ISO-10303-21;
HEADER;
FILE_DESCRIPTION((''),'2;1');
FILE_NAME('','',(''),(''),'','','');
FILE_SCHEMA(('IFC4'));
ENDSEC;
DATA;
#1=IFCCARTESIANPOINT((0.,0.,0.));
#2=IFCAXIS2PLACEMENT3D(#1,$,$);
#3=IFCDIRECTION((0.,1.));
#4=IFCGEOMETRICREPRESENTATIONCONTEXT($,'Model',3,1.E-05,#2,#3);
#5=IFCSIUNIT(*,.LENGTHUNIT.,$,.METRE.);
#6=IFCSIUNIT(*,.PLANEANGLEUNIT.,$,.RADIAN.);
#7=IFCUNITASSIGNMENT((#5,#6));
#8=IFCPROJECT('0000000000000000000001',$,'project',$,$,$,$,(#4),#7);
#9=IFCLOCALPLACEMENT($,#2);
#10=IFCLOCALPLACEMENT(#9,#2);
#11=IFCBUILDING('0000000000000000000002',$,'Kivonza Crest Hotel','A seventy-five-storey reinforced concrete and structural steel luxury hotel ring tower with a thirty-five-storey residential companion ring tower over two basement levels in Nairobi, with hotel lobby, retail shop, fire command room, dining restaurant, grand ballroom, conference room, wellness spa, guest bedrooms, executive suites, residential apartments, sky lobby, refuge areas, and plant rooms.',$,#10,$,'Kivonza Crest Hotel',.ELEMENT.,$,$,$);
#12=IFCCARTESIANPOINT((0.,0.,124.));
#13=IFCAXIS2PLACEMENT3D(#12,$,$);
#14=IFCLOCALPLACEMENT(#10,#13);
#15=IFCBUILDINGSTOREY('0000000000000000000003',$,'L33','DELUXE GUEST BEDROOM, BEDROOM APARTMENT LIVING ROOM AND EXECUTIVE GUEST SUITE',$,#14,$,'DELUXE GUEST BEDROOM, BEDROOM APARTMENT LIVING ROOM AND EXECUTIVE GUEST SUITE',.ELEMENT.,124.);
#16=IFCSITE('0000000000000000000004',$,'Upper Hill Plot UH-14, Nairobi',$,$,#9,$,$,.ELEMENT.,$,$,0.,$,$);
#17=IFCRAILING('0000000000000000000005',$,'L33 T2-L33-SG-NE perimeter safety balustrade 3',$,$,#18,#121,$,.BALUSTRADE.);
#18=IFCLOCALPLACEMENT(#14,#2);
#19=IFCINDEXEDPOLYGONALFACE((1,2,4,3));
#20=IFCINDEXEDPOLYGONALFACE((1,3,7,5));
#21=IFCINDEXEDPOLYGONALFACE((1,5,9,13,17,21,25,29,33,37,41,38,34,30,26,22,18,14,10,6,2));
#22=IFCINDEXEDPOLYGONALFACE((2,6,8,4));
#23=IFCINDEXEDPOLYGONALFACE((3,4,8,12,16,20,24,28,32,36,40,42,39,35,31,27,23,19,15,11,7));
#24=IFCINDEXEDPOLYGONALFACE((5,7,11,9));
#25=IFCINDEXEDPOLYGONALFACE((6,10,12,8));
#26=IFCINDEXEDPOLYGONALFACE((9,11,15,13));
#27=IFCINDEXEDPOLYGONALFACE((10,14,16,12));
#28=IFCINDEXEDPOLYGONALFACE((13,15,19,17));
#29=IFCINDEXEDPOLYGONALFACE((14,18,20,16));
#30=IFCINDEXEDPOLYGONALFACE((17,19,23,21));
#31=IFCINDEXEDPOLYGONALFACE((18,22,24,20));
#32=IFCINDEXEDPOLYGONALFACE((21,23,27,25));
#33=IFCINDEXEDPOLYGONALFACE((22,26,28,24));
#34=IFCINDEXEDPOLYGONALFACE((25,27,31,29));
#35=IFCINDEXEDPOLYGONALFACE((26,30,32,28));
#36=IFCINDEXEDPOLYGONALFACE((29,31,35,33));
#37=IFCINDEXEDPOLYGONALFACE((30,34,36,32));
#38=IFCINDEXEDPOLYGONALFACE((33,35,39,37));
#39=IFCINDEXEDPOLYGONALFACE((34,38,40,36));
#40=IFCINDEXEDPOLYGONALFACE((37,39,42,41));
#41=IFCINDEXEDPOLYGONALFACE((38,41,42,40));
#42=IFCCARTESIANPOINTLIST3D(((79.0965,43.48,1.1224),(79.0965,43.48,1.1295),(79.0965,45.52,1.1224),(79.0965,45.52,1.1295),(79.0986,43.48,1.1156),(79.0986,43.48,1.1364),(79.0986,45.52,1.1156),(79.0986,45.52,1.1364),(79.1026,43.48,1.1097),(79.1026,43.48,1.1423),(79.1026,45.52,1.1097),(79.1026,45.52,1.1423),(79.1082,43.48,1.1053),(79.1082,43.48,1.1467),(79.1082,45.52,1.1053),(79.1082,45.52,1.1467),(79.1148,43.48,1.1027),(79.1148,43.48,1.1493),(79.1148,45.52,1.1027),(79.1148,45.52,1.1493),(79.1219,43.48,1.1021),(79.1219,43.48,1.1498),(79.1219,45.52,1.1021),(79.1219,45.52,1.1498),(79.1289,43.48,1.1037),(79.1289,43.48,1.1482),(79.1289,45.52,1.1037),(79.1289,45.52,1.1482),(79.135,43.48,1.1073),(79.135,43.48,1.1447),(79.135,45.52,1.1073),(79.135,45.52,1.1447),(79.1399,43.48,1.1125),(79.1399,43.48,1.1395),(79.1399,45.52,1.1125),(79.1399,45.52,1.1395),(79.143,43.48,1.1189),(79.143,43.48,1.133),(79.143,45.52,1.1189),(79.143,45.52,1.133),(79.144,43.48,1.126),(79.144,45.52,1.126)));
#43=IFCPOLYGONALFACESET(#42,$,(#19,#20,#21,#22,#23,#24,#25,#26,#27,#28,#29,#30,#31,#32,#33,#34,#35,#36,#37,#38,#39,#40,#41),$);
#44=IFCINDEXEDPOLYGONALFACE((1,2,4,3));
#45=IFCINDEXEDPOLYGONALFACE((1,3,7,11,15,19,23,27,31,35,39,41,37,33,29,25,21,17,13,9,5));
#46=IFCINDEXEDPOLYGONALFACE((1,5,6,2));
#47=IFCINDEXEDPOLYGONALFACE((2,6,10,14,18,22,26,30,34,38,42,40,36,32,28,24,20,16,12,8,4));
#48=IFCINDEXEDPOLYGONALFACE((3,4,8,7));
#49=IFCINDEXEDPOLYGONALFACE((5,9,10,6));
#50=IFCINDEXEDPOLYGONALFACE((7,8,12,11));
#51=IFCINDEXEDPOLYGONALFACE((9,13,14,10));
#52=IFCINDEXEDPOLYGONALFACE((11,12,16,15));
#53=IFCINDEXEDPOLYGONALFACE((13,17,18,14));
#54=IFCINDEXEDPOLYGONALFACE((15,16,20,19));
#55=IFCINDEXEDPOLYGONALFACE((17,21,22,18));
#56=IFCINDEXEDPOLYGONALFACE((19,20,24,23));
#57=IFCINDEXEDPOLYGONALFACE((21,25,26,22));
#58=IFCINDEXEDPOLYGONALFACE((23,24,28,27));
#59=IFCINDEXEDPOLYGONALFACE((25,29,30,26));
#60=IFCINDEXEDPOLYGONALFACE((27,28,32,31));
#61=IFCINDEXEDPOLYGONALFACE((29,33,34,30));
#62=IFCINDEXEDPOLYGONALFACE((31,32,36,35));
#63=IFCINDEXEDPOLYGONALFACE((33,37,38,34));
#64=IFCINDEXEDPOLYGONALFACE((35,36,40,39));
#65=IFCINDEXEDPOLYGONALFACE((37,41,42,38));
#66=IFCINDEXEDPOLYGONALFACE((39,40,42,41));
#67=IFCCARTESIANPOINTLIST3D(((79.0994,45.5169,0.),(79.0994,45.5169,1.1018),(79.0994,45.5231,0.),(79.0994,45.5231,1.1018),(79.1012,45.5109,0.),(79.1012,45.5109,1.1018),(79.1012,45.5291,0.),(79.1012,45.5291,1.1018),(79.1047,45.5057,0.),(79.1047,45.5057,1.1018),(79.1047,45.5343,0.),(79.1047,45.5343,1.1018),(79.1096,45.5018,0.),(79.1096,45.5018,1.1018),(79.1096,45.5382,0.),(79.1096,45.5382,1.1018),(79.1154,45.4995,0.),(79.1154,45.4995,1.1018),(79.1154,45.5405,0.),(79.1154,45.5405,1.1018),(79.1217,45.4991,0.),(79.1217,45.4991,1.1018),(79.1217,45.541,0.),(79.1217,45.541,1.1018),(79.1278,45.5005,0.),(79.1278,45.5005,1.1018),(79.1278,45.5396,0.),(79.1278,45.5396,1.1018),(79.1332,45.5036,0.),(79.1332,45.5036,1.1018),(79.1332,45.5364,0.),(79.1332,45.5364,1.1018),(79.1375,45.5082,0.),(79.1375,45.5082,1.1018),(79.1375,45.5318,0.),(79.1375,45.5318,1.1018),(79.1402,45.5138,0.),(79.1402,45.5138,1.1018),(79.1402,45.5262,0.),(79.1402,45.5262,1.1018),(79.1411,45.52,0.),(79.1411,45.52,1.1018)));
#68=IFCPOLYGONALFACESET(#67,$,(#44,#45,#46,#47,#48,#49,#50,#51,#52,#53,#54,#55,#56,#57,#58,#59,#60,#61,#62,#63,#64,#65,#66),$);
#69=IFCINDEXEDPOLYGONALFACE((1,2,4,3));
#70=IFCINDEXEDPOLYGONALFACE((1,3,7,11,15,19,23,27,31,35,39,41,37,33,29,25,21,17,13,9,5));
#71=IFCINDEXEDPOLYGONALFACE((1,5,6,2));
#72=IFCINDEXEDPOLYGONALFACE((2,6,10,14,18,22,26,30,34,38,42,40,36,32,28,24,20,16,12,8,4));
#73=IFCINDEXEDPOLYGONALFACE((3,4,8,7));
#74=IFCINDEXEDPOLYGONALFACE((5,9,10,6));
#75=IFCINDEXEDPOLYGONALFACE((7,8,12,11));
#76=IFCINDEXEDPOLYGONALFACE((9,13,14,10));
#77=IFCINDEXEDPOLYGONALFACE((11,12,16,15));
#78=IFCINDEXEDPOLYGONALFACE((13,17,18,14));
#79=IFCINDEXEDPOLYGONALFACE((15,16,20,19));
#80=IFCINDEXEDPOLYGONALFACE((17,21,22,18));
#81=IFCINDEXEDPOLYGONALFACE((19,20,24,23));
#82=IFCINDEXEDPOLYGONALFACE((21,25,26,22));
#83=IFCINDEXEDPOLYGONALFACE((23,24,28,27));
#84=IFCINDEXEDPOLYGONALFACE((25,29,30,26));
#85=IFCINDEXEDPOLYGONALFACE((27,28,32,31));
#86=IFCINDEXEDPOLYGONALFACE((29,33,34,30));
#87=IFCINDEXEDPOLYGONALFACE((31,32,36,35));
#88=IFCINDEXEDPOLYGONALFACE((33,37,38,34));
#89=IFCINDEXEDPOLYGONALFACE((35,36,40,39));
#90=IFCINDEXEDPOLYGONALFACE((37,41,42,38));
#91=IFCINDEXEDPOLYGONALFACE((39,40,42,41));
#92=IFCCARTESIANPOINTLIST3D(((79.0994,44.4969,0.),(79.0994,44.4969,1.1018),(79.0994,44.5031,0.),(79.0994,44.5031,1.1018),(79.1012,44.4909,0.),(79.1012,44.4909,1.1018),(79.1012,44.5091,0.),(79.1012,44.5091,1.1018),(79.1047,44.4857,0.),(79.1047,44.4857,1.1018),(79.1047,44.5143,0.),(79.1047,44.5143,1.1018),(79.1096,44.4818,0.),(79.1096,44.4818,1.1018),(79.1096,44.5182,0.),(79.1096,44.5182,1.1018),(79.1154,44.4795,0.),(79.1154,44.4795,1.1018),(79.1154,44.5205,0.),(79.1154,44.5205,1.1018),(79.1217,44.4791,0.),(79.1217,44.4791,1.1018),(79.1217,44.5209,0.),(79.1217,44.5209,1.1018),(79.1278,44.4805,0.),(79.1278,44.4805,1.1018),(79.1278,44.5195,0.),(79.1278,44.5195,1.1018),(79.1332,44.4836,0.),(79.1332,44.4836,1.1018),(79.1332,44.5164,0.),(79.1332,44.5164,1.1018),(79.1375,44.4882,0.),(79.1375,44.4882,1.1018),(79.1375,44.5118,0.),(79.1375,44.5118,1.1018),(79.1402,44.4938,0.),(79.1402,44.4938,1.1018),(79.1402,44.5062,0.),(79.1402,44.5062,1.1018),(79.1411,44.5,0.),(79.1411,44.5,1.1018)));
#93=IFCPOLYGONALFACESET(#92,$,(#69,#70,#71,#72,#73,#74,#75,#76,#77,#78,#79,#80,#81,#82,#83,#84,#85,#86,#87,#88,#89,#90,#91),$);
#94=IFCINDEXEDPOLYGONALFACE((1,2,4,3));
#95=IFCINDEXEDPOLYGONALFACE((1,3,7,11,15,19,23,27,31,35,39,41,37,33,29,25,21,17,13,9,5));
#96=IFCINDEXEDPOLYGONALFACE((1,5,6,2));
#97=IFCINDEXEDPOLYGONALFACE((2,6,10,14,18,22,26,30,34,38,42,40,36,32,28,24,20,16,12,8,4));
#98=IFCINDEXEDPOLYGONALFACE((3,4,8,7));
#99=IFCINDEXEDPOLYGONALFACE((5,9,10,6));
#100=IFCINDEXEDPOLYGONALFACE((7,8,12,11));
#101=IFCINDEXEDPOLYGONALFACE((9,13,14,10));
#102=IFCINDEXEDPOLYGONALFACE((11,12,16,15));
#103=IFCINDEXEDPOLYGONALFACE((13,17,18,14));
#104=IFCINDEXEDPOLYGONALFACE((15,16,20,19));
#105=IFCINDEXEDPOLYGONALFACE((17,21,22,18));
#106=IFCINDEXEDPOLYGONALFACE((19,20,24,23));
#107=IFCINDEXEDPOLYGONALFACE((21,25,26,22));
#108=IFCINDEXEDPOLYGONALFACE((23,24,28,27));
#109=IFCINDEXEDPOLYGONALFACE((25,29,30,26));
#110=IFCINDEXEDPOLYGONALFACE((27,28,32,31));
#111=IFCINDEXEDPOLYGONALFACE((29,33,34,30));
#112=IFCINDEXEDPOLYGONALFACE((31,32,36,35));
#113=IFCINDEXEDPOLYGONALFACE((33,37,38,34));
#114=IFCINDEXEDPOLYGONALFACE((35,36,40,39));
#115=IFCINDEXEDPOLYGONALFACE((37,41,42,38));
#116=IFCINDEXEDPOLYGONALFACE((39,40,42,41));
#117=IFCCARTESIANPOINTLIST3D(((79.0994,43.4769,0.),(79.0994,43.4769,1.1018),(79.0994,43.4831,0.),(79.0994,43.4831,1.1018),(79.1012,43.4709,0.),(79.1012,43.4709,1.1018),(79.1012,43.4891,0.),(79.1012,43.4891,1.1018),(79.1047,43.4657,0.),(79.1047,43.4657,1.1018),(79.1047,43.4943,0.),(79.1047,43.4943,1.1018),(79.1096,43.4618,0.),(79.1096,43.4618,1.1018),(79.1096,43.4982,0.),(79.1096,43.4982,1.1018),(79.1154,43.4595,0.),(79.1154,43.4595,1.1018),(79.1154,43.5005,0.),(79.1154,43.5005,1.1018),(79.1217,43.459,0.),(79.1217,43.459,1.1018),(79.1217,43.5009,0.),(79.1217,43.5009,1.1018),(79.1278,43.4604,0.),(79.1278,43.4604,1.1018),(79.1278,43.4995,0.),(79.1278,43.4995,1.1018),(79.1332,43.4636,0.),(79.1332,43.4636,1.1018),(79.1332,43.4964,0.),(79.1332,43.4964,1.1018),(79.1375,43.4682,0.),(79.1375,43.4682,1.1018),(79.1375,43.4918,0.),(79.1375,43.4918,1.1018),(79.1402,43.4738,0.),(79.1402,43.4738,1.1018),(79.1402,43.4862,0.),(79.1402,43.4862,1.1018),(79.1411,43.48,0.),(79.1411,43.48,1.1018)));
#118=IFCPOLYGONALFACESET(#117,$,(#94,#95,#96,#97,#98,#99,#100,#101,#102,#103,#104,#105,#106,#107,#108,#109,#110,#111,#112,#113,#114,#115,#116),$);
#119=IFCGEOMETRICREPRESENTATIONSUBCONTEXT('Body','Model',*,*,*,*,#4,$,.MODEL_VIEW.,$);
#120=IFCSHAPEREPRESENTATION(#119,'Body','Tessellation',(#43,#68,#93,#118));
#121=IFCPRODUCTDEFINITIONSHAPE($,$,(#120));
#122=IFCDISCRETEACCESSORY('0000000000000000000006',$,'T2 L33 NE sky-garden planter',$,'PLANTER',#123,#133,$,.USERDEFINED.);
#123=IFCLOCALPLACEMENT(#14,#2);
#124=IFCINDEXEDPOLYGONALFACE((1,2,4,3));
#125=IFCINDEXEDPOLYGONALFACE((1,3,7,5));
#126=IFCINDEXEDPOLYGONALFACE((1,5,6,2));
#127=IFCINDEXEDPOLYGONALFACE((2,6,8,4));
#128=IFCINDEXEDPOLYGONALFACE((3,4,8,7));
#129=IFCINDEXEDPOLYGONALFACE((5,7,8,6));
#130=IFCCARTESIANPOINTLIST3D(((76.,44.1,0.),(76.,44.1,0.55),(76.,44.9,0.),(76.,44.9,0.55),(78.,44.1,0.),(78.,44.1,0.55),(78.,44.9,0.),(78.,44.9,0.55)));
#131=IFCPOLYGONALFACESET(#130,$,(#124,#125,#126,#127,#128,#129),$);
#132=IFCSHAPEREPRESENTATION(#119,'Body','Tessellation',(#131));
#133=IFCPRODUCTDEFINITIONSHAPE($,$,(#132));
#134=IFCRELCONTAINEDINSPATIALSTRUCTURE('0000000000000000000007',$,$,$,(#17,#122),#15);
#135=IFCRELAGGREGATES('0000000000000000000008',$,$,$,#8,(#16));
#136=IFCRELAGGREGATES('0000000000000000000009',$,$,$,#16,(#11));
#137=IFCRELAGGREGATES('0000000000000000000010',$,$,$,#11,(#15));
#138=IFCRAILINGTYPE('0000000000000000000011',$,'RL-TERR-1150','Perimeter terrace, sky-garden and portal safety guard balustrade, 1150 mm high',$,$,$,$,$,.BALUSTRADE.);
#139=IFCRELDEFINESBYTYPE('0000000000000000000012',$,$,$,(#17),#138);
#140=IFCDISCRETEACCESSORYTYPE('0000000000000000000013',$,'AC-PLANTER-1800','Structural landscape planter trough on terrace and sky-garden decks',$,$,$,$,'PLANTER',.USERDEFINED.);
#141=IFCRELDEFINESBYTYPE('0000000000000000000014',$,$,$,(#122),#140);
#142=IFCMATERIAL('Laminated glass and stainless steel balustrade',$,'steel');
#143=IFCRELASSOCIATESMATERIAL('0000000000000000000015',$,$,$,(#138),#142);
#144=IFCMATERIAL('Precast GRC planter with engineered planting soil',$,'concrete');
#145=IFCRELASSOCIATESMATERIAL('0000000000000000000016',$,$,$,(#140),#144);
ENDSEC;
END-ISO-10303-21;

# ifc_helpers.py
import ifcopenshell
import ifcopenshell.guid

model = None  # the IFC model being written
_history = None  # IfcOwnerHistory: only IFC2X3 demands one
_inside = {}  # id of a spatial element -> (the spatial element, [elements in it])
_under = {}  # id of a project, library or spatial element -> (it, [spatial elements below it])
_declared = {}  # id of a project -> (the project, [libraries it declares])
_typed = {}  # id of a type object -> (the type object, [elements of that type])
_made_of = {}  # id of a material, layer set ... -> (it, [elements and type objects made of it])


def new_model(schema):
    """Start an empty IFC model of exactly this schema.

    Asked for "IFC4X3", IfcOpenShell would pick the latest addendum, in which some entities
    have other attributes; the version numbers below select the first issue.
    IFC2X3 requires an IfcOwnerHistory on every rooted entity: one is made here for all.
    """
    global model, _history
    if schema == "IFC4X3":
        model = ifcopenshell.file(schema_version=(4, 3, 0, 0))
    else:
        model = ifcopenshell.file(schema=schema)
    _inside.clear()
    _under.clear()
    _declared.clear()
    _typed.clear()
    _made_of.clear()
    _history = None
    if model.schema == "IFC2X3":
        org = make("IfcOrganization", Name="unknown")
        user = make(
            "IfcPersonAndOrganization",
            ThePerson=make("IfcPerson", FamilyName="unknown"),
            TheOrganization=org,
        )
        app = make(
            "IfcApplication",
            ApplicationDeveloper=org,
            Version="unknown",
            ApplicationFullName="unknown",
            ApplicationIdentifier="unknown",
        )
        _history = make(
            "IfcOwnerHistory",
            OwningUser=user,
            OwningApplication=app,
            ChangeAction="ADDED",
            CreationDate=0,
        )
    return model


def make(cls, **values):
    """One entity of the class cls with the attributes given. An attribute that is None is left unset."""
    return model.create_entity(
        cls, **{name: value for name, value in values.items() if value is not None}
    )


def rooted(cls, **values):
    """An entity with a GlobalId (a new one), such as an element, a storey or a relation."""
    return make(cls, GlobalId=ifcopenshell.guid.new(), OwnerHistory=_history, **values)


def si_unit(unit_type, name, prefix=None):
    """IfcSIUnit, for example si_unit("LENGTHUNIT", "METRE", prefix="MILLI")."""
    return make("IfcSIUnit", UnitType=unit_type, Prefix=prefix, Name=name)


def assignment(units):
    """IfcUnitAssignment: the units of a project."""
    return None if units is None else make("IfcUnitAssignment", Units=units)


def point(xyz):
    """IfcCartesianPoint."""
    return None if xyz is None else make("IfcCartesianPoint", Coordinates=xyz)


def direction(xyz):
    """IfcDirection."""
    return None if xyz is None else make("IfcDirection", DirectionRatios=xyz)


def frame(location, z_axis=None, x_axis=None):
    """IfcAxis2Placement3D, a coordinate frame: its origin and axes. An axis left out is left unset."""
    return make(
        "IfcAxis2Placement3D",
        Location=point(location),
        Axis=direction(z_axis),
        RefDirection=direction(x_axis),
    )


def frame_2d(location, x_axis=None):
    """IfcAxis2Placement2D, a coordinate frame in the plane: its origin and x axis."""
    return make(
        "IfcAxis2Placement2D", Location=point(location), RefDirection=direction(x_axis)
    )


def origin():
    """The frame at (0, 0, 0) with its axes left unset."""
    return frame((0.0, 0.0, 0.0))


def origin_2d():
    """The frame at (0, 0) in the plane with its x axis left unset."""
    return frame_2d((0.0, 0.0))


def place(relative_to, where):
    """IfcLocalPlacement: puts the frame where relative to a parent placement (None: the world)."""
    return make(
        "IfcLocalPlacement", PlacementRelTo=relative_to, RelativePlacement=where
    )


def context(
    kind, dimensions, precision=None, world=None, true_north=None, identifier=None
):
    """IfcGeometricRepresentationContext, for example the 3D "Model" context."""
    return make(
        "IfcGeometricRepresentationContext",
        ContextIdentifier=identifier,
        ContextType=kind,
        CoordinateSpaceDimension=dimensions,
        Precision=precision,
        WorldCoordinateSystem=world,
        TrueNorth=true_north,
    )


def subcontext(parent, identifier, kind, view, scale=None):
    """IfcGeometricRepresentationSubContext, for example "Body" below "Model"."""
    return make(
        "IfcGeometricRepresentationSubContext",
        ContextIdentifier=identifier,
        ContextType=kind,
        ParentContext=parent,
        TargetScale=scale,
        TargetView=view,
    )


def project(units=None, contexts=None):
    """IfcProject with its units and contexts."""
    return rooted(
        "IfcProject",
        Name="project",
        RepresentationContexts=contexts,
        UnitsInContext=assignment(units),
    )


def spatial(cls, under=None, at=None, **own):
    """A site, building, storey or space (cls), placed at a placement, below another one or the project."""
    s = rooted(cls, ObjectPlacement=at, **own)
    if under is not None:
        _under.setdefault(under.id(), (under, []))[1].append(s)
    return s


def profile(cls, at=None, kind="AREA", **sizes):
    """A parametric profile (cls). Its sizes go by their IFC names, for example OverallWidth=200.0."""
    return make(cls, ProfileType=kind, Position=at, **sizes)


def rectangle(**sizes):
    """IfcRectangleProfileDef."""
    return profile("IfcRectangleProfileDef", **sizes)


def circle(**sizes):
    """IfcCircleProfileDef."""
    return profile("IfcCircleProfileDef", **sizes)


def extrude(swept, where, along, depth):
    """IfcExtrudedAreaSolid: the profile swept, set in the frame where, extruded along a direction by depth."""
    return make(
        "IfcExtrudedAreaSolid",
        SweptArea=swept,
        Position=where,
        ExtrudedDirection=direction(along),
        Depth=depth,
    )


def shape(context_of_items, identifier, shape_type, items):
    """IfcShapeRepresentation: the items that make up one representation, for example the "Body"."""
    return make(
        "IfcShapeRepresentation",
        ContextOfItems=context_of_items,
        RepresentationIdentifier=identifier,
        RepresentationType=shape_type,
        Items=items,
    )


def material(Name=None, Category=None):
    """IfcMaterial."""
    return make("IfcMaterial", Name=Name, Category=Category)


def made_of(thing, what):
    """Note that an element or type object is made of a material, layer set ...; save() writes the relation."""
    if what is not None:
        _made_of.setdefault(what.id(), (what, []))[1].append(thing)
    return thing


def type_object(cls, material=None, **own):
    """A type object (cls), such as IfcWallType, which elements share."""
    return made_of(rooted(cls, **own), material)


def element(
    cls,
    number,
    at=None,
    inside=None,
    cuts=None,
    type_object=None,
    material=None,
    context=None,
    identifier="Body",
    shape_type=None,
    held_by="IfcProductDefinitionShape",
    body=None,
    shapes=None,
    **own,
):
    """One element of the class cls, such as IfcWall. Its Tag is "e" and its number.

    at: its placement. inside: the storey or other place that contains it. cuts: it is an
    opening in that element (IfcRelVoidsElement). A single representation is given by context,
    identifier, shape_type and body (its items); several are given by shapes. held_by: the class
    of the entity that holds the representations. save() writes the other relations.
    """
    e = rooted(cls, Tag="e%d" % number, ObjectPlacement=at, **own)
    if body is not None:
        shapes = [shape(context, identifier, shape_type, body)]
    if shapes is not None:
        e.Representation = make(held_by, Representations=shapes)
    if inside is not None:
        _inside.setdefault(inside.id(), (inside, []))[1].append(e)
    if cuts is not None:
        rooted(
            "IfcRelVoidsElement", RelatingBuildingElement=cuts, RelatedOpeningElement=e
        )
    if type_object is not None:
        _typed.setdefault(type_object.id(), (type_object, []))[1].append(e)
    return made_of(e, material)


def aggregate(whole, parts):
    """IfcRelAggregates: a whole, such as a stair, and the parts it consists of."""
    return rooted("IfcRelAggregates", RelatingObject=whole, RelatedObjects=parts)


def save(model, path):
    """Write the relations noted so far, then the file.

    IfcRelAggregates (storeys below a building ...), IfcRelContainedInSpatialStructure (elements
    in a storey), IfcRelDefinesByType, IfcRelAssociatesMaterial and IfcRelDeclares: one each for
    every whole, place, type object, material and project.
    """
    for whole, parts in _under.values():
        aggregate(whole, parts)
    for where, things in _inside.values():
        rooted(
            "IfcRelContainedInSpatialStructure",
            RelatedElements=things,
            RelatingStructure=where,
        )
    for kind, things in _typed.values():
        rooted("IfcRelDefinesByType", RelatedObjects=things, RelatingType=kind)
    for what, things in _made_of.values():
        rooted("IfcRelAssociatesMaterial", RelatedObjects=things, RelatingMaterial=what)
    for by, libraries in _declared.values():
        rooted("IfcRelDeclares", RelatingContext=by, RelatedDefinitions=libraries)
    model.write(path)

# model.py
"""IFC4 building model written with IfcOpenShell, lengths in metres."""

from ifc_helpers import new_model, si_unit, direction, frame, origin, origin_2d, place, context, subcontext, project, spatial, rectangle, circle, extrude, material, type_object, element, save


model = new_model("IFC4")

# Units and contexts
model_context = context("Model", 3, precision=1e-05, world=origin(), true_north=direction((0.0, 1.0)))
body_context = subcontext(model_context, "Body", "Model", "MODEL_VIEW")
ifc_project = project(units=[si_unit("LENGTHUNIT", "METRE"), si_unit("PLANEANGLEUNIT", "RADIAN")], contexts=[model_context])

# Site, building, storey
site_placement = place(None, origin())
site = spatial("IfcSite", under=ifc_project, at=site_placement, Name="Upper Hill Plot UH-14, Nairobi", CompositionType="ELEMENT", RefElevation=0.0)
building_placement = place(site_placement, origin())
building = spatial("IfcBuilding", under=site, at=building_placement, Name="Kivonza Crest Hotel", Description="A seventy-five-storey reinforced concrete and structural steel luxury hotel ring tower with a thirty-five-storey residential companion ring tower over two basement levels in Nairobi, with hotel lobby, retail shop, fire command room, dining restaurant, grand ballroom, conference room, wellness spa, guest bedrooms, executive suites, residential apartments, sky lobby, refuge areas, and plant rooms.", LongName="Kivonza Crest Hotel", CompositionType="ELEMENT")
storey_placement = place(building_placement, frame((0.0, 0.0, 124.0)))
storey = spatial("IfcBuildingStorey", under=building, at=storey_placement, Name="L33", Description="DELUXE GUEST BEDROOM, BEDROOM APARTMENT LIVING ROOM AND EXECUTIVE GUEST SUITE", LongName="DELUXE GUEST BEDROOM, BEDROOM APARTMENT LIVING ROOM AND EXECUTIVE GUEST SUITE", CompositionType="ELEMENT", Elevation=124.0)

# Railing
ifc_material_1 = material(Name="Laminated glass and stainless steel balustrade", Category="steel")
railing_type_1 = type_object("IfcRailingType", Name="RL-TERR-1150", Description="Perimeter terrace, sky-garden and portal safety guard balustrade, 1150 mm high", PredefinedType="BALUSTRADE", material=ifc_material_1)
railing_1_placement = place(storey_placement, frame((79.1201, 45.52, 0.0)))
element("IfcRailing", 1, at=railing_1_placement, inside=storey, type_object=railing_type_1, Name="L33 T2-L33-SG-NE perimeter safety balustrade 3", PredefinedType="BALUSTRADE", context=body_context, shape_type="SweptSolid", body=[
    extrude(circle(Radius=0.0239, at=origin_2d()), frame((0.0, 0.0, 1.126), z_axis=(0.0, -1.0, 0.0), x_axis=(1.0, 0.0, 0.0)), (0.0, 0.0, 1.0), 2.04),
    extrude(circle(Radius=0.021, at=origin_2d()), origin(), (0.0, 0.0, 1.0), 1.1018),
    extrude(circle(Radius=0.021, at=origin_2d()), frame((0.0, -1.02, 0.0)), (0.0, 0.0, 1.0), 1.1018),
    extrude(circle(Radius=0.021, at=origin_2d()), frame((0.0, -2.04, 0.0)), (0.0, 0.0, 1.0), 1.1018),
])

# Discrete accessory
ifc_material_2 = material(Name="Precast GRC planter with engineered planting soil", Category="concrete")
discrete_accessory_type = type_object("IfcDiscreteAccessoryType", Name="AC-PLANTER-1800", Description="Structural landscape planter trough on terrace and sky-garden decks", ElementType="PLANTER", PredefinedType="USERDEFINED", material=ifc_material_2)
discrete_accessory_placement = place(storey_placement, frame((77.0, 44.5, 0.0), z_axis=(0.0, 0.0, 1.0), x_axis=(1.0, 0.0, 0.0)))
element("IfcDiscreteAccessory", 2, at=discrete_accessory_placement, inside=storey, type_object=discrete_accessory_type, Name="T2 L33 NE sky-garden planter", ObjectType="PLANTER", PredefinedType="USERDEFINED", context=body_context, shape_type="SweptSolid", body=[
    extrude(rectangle(XDim=2.0, YDim=0.8, at=origin_2d()), origin(), (0.0, 0.0, 1.0), 0.55),
])

save(model, "model.ifc")
